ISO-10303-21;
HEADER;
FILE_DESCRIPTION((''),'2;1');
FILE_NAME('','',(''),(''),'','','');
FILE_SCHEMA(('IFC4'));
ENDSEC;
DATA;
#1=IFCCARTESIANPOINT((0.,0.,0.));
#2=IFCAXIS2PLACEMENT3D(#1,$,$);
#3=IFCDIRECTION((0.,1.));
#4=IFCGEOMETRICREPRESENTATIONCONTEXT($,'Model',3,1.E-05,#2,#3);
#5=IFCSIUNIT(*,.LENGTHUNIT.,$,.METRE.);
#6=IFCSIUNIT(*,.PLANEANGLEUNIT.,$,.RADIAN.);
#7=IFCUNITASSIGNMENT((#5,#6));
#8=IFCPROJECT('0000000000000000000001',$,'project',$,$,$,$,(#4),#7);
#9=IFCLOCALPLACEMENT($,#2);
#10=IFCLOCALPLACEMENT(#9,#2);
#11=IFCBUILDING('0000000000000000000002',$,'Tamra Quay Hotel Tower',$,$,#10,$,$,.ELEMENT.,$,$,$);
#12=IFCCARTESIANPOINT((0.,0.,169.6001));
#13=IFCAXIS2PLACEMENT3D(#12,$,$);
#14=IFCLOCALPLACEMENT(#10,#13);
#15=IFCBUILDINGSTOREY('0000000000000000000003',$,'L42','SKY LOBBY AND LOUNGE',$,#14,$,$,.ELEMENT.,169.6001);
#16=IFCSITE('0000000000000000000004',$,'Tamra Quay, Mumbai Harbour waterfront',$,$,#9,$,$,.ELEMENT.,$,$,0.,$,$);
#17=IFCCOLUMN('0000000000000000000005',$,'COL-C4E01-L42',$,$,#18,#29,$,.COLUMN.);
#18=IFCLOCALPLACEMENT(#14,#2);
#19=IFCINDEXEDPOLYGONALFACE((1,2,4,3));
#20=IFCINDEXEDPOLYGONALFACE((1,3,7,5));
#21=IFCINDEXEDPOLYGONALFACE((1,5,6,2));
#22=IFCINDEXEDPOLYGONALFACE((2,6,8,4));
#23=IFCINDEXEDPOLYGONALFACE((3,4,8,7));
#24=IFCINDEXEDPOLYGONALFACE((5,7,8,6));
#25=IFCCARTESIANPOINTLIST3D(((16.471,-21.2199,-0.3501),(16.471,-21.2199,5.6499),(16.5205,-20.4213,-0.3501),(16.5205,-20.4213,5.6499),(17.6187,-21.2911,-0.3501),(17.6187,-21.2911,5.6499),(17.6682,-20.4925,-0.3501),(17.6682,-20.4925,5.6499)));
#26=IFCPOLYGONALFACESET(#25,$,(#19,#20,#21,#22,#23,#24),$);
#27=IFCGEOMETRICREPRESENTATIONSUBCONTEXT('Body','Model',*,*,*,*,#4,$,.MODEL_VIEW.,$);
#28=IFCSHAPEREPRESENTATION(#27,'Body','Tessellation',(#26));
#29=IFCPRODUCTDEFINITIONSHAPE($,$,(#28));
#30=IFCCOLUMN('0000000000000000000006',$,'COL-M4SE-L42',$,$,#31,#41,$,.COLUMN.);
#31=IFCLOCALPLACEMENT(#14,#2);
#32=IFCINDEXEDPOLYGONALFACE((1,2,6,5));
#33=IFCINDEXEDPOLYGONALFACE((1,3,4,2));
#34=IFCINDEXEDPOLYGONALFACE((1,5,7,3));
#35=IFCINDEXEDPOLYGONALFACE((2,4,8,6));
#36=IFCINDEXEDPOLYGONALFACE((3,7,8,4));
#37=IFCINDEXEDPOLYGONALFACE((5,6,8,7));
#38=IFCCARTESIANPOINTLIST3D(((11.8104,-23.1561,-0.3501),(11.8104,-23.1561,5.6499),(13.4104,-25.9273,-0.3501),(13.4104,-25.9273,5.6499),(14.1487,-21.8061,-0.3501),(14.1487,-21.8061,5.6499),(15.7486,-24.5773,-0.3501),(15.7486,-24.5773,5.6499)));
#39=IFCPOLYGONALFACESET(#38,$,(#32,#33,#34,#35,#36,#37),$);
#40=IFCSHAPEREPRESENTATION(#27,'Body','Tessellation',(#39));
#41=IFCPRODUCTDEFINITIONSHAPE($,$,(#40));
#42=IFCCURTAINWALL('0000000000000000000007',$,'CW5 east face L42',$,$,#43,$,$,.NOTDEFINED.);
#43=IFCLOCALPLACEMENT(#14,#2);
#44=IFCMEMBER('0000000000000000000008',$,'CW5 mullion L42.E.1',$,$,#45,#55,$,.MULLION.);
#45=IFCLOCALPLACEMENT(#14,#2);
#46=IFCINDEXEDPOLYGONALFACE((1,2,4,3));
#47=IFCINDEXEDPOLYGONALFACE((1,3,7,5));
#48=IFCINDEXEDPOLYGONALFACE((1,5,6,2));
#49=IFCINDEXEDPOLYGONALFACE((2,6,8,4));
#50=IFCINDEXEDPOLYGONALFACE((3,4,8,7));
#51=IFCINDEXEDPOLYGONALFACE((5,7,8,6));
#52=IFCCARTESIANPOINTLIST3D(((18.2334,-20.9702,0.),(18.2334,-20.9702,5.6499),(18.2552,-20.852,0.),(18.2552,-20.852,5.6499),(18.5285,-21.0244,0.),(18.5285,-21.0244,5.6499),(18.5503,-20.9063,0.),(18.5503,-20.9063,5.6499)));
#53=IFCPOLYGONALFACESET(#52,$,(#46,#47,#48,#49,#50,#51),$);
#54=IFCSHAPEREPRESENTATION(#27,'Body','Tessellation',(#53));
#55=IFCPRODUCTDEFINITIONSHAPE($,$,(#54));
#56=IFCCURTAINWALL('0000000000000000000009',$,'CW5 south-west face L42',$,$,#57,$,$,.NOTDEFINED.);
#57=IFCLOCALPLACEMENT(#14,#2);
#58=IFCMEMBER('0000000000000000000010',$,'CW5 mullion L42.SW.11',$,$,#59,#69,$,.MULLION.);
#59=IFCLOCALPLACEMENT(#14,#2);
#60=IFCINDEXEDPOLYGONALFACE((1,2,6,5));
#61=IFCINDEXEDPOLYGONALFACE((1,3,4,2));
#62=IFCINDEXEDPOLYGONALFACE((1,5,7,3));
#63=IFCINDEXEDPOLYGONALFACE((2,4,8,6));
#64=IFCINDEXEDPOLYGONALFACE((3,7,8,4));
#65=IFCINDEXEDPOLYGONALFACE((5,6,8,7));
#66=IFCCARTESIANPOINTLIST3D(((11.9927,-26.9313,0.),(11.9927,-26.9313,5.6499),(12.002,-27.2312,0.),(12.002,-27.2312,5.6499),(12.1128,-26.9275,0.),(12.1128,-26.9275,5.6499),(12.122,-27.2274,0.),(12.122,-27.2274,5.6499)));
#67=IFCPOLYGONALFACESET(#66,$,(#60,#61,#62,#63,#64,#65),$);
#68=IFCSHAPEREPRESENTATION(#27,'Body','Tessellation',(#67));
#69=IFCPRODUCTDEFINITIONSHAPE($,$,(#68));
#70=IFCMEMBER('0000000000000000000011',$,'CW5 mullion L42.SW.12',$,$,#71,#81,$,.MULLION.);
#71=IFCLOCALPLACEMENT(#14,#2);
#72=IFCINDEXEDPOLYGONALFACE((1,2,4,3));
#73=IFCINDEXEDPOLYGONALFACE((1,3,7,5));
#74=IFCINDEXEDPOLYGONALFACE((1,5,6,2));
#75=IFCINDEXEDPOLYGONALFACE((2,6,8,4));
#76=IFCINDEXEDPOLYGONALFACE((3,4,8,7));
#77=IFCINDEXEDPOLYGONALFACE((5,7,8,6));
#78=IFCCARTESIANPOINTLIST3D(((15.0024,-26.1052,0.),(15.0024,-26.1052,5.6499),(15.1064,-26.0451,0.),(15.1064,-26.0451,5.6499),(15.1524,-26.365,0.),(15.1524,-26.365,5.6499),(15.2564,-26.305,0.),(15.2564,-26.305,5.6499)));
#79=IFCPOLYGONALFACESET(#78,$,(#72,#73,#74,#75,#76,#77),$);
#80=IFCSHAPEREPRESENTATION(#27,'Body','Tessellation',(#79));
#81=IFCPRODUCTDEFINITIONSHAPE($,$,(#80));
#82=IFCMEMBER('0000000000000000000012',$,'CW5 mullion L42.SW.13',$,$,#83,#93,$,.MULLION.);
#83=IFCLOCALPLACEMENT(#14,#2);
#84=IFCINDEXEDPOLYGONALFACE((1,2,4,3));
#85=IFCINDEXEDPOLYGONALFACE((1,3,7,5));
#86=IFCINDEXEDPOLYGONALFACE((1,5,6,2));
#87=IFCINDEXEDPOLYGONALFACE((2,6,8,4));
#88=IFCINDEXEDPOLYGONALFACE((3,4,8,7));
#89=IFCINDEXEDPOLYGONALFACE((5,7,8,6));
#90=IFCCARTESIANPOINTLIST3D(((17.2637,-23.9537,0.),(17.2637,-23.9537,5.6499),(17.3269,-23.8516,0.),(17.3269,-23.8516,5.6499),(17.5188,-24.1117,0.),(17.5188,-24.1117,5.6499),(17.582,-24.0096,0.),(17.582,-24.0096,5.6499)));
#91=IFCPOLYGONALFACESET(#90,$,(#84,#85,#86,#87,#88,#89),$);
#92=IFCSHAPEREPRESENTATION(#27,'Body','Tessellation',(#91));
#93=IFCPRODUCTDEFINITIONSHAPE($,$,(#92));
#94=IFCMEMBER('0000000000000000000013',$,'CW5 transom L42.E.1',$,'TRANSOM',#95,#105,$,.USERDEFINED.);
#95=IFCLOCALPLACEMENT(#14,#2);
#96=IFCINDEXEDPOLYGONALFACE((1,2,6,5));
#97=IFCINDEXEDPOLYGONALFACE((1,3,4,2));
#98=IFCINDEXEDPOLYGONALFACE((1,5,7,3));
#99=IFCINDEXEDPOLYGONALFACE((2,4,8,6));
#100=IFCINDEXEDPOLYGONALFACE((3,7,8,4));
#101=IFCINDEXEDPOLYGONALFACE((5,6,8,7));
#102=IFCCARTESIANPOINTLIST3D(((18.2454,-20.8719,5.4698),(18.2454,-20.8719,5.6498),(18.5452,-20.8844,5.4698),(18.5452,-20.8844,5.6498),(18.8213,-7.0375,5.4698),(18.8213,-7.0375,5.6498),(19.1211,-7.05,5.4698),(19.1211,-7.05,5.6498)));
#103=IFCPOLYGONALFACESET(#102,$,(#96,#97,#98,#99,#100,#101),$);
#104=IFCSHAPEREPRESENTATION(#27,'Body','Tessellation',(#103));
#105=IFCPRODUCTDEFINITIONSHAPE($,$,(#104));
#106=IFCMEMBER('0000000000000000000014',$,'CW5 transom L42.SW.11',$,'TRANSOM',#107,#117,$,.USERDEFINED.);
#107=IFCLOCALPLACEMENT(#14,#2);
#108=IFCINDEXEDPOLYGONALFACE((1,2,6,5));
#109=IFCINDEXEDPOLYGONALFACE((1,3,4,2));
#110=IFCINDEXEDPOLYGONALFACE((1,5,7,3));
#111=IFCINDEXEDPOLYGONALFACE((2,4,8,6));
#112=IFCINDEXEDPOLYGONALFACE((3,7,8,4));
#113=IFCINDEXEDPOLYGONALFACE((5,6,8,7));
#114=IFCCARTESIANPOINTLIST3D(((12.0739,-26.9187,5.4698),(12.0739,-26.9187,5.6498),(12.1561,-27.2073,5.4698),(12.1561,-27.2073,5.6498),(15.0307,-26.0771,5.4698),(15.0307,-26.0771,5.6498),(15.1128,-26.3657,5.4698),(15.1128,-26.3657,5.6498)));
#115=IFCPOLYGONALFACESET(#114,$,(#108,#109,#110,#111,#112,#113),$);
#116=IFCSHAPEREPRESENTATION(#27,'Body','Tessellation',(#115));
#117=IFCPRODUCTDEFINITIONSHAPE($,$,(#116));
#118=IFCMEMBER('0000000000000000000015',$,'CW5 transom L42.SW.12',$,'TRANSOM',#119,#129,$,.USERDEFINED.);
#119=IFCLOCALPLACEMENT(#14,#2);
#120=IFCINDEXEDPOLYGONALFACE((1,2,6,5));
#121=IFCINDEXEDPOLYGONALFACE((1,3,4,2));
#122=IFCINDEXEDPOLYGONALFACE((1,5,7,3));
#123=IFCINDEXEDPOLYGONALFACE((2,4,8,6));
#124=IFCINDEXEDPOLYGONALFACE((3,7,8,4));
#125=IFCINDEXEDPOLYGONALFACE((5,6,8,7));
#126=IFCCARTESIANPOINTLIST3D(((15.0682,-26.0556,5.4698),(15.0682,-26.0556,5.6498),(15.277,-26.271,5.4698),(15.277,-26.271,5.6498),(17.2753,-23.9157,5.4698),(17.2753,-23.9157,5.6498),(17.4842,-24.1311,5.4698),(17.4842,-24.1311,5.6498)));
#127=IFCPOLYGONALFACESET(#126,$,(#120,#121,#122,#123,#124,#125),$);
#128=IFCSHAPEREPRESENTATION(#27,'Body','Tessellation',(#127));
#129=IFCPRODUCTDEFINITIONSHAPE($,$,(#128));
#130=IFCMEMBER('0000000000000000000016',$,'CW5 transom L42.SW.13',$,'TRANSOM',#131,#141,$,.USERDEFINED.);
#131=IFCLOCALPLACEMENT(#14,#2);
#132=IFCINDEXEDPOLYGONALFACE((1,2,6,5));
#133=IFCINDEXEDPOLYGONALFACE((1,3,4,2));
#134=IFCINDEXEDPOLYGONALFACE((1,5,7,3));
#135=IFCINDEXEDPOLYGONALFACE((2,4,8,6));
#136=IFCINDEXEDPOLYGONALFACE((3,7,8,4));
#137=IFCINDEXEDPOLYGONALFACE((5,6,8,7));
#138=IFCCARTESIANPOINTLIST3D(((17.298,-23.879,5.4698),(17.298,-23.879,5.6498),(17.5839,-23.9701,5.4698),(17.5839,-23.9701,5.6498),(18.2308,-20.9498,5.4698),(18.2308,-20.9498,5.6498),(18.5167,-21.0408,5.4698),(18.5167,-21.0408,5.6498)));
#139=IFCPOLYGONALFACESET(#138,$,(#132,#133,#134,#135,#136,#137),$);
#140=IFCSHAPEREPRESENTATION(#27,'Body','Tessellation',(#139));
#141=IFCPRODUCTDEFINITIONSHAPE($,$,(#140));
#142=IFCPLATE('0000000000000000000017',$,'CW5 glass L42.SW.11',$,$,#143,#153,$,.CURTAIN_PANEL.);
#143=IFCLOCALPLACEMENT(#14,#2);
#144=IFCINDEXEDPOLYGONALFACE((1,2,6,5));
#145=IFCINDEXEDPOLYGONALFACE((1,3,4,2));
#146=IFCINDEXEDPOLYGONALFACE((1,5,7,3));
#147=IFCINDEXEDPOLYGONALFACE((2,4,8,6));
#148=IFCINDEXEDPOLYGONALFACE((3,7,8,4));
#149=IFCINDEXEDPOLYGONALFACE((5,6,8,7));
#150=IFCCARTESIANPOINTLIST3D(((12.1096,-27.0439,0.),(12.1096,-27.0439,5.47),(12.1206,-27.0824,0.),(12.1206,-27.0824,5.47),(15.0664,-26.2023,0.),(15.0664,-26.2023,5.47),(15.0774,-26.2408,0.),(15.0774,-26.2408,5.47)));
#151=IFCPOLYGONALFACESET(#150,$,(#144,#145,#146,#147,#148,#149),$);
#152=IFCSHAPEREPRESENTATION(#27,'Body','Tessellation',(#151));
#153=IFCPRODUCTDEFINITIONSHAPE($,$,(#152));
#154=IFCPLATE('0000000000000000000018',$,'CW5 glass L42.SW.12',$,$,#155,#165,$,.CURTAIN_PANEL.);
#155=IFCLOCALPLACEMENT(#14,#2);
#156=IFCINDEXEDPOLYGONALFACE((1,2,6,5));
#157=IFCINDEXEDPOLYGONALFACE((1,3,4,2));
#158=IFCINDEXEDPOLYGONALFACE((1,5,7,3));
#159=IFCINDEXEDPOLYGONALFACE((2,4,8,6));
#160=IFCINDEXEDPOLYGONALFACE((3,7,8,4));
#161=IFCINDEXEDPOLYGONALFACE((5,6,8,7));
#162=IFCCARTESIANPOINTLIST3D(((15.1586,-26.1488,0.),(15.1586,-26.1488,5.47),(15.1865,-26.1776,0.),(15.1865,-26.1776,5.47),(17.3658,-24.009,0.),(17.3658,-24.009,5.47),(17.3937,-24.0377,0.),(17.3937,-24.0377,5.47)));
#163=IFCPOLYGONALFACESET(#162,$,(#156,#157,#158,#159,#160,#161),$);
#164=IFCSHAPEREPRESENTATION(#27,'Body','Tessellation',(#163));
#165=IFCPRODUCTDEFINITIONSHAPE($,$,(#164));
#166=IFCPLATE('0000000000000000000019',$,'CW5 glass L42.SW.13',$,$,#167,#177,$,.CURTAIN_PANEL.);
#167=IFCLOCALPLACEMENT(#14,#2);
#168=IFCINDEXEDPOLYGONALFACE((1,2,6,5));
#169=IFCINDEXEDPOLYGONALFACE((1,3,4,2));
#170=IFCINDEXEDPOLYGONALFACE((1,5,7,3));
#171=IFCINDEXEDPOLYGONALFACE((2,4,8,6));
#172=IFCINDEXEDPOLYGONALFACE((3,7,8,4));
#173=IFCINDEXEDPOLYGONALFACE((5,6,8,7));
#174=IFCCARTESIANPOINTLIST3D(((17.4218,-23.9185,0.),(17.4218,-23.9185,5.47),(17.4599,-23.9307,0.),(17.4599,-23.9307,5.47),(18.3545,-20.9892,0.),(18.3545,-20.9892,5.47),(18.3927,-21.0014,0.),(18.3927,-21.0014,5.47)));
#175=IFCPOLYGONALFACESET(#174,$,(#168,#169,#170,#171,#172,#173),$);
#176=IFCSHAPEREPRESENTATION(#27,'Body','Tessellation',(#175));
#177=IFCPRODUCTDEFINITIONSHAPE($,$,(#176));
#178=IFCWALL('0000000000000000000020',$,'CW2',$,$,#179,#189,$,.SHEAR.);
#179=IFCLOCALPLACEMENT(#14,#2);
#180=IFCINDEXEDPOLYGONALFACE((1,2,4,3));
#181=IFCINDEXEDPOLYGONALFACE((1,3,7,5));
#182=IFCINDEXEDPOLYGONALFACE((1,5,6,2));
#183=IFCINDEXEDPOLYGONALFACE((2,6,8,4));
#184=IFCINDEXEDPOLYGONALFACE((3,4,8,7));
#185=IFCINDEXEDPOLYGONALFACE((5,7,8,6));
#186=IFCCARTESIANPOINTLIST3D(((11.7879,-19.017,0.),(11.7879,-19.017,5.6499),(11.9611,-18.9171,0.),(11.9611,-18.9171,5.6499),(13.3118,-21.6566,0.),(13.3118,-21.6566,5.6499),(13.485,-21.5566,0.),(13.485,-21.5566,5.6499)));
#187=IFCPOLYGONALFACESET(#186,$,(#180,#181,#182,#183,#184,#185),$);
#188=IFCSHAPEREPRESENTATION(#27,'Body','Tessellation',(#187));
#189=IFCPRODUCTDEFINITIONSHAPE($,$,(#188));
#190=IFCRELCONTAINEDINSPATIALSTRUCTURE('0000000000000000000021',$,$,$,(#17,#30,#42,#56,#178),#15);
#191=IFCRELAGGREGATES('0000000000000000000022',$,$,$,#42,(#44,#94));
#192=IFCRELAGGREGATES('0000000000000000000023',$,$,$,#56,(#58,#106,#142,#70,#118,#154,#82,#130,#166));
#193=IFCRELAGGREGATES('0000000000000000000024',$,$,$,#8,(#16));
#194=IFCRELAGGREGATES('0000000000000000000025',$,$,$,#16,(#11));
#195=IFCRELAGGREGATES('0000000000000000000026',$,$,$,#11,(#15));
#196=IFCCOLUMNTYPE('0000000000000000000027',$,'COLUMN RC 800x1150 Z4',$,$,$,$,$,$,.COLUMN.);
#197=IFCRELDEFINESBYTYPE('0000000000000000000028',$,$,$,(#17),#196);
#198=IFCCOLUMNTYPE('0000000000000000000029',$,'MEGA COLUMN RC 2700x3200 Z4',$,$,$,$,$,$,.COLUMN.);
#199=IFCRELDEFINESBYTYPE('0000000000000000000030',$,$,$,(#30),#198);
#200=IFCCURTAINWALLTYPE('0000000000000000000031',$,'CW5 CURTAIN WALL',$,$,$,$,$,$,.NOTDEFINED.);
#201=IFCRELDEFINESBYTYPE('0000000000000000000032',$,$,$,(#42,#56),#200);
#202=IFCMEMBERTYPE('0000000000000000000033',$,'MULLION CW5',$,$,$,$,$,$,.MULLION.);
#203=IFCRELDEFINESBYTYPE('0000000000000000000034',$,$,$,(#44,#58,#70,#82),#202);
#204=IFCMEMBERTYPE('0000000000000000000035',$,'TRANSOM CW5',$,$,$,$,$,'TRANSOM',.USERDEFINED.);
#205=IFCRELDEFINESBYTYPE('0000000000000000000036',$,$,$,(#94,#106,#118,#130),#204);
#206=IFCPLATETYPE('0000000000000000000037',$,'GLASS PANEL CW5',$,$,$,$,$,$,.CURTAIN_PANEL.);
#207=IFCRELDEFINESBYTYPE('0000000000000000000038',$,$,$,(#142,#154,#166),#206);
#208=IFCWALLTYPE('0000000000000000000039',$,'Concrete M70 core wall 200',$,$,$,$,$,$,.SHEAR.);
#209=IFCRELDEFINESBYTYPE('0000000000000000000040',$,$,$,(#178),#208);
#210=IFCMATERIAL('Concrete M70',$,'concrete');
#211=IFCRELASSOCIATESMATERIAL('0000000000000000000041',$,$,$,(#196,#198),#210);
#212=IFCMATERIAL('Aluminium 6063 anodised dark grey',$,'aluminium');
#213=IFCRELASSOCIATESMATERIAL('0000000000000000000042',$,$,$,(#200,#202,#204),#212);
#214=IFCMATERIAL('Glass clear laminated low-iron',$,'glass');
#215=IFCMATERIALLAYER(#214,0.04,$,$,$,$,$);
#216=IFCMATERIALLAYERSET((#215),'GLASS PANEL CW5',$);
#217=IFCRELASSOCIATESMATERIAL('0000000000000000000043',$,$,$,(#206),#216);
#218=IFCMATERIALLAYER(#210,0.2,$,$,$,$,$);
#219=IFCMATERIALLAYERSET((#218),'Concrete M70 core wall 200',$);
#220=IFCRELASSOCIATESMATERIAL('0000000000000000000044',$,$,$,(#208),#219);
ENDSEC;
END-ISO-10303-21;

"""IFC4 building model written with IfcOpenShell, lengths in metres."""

from ifc_helpers import new_model, si_unit, direction, frame, frame_2d, origin, origin_2d, place, context, subcontext, project, spatial, rectangle, extrude, material, layer, layer_set, material_profile, profile_set, type_object, element, aggregate, save


model = new_model("IFC4")

# Units and contexts
model_context = context("Model", 3, precision=1e-05, world=origin(), true_north=direction((0.0, 1.0)))
body_context = subcontext(model_context, "Body", "Model", "MODEL_VIEW")
ifc_project = project(units=[si_unit("LENGTHUNIT", "METRE"), si_unit("PLANEANGLEUNIT", "RADIAN")], contexts=[model_context])

# Site, building, storey
site_placement = place(None, origin())
site = spatial("IfcSite", under=ifc_project, at=site_placement, Name="Tamra Quay, Mumbai Harbour waterfront", CompositionType="ELEMENT", RefElevation=0.0)
building_placement = place(site_placement, origin())
building = spatial("IfcBuilding", under=site, at=building_placement, Name="Tamra Quay Hotel Tower", CompositionType="ELEMENT")
storey_placement = place(building_placement, frame((0.0, 0.0, 169.6001)))
storey = spatial("IfcBuildingStorey", under=building, at=storey_placement, Name="L42", Description="SKY LOBBY AND LOUNGE", CompositionType="ELEMENT", Elevation=169.6001)

# Columns
ifc_material_1 = material(Name="Concrete M70", Category="concrete")
ifc_material_profile_1 = material_profile(ifc_material_1, rectangle(XDim=1.1499, YDim=0.8, at=origin_2d()), Name="COLUMN RC 800x1150 Z4")
ifc_profile_set_1 = profile_set([ifc_material_profile_1], Name="Concrete M70")
column_type_1 = type_object("IfcColumnType", Name="COLUMN RC 800x1150 Z4", PredefinedType="COLUMN", material=ifc_profile_set_1)
column_1_placement = place(storey_placement, frame((17.0696, -20.8562, -0.3501), z_axis=(0.0, 0.0, 1.0), x_axis=(-0.998081, 0.061921, 0.0)))
element("IfcColumn", 1, at=column_1_placement, inside=storey, type_object=column_type_1, Name="COL-C4E01-L42", PredefinedType="COLUMN", context=body_context, shape_type="SweptSolid", body=[
    extrude(rectangle(XDim=1.1499, YDim=0.8, at=origin_2d()), origin(), (0.0, 0.0, 1.0), 6.0),
])
ifc_material_profile_2 = material_profile(ifc_material_1, rectangle(XDim=3.2, YDim=2.7, at=origin_2d()), Name="MEGA COLUMN RC 2700x3200 Z4")
ifc_profile_set_2 = profile_set([ifc_material_profile_2], Name="Concrete M70")
column_type_2 = type_object("IfcColumnType", Name="MEGA COLUMN RC 2700x3200 Z4", PredefinedType="COLUMN", material=ifc_profile_set_2)
column_2_placement = place(storey_placement, frame((13.7795, -23.8667, -0.3501), z_axis=(0.0, 0.0, 1.0), x_axis=(-0.5, 0.866025, 0.0)))
element("IfcColumn", 2, at=column_2_placement, inside=storey, type_object=column_type_2, Name="COL-M4SE-L42", PredefinedType="COLUMN", context=body_context, shape_type="SweptSolid", body=[
    extrude(rectangle(XDim=3.2, YDim=2.7, at=origin_2d()), origin(), (0.0, 0.0, 1.0), 6.0),
])

# Curtain wall, member
ifc_material_2 = material(Name="Aluminium 6063 anodised dark grey", Category="aluminium")
curtain_wall_type = type_object("IfcCurtainWallType", Name="CW5 CURTAIN WALL", PredefinedType="NOTDEFINED", material=ifc_material_2)
curtain_wall_1_placement = place(storey_placement, origin())
curtain_wall_1 = element("IfcCurtainWall", 3, at=curtain_wall_1_placement, inside=storey, type_object=curtain_wall_type, Name="CW5 east face L42", PredefinedType="NOTDEFINED")
ifc_material_profile_3 = material_profile(ifc_material_2, rectangle(XDim=0.3, YDim=0.1201, at=origin_2d()), Name="MULLION 120X300")
ifc_profile_set_3 = profile_set([ifc_material_profile_3], Name="Aluminium 6063 anodised dark grey")
member_type_1 = type_object("IfcMemberType", Name="MULLION CW5", PredefinedType="MULLION", material=ifc_profile_set_3)
member_1_placement = place(storey_placement, frame((18.3918, -20.9382, 0.0), z_axis=(0.0, 0.0, 1.0), x_axis=(0.983509, -0.180857, 0.0)))
member_1 = element("IfcMember", 4, at=member_1_placement, type_object=member_type_1, Name="CW5 mullion L42.E.1", PredefinedType="MULLION", context=body_context, shape_type="SweptSolid", body=[
    extrude(rectangle(XDim=0.3, YDim=0.1201, at=origin_2d()), origin(), (0.0, 0.0, 1.0), 5.6499),
])

# Curtain wall, members
curtain_wall_2_placement = place(storey_placement, origin())
curtain_wall_2 = element("IfcCurtainWall", 5, at=curtain_wall_2_placement, inside=storey, type_object=curtain_wall_type, Name="CW5 south-west face L42", PredefinedType="NOTDEFINED")
member_2_placement = place(storey_placement, frame((12.0574, -27.0793, 0.0), z_axis=(0.0, 0.0, 1.0), x_axis=(0.030975, -0.99952, 0.0)))
member_2 = element("IfcMember", 6, at=member_2_placement, type_object=member_type_1, Name="CW5 mullion L42.SW.11", PredefinedType="MULLION", context=body_context, shape_type="SweptSolid", body=[
    extrude(rectangle(XDim=0.3, YDim=0.1201, at=origin_2d()), origin(), (0.0, 0.0, 1.0), 5.6499),
])
member_3_placement = place(storey_placement, frame((15.1294, -26.2051, 0.0), z_axis=(0.0, 0.0, 1.0), x_axis=(0.5, -0.866025, 0.0)))
member_3 = element("IfcMember", 7, at=member_3_placement, type_object=member_type_1, Name="CW5 mullion L42.SW.12", PredefinedType="MULLION", context=body_context, shape_type="SweptSolid", body=[
    extrude(rectangle(XDim=0.3, YDim=0.1201, at=origin_2d()), origin(), (0.0, 0.0, 1.0), 5.6499),
])
member_4_placement = place(storey_placement, frame((17.4229, -23.9817, 0.0), z_axis=(0.0, 0.0, 1.0), x_axis=(0.850122, -0.526586, 0.0)))
member_4 = element("IfcMember", 8, at=member_4_placement, type_object=member_type_1, Name="CW5 mullion L42.SW.13", PredefinedType="MULLION", context=body_context, shape_type="SweptSolid", body=[
    extrude(rectangle(XDim=0.3, YDim=0.1201, at=origin_2d()), origin(), (0.0, 0.0, 1.0), 5.6499),
])

# Members
ifc_material_profile_4 = material_profile(ifc_material_2, rectangle(XDim=0.3, YDim=0.1799, at=origin_2d()), Name="TRANSOM 300X180")
ifc_profile_set_4 = profile_set([ifc_material_profile_4], Name="Aluminium 6063 anodised dark grey")
member_type_2 = type_object("IfcMemberType", Name="TRANSOM CW5", ElementType="TRANSOM", PredefinedType="USERDEFINED", material=ifc_profile_set_4)
member_5_placement = place(storey_placement, frame((18.3953, -20.8782, 5.5598), z_axis=(0.041594, 0.999135, 0.0), x_axis=(-0.999135, 0.041594, 0.0)))
member_5 = element("IfcMember", 9, at=member_5_placement, type_object=member_type_2, Name="CW5 transom L42.E.1", ObjectType="TRANSOM", PredefinedType="USERDEFINED", context=body_context, shape_type="SweptSolid", body=[
    extrude(rectangle(XDim=0.3, YDim=0.1799, at=origin_2d()), origin(), (0.0, 0.0, 1.0), 13.8464),
])
aggregate(curtain_wall_1, [member_1, member_5])
member_6_placement = place(storey_placement, frame((12.115, -27.063, 5.5598), z_axis=(0.961802, 0.273746, 0.0), x_axis=(-0.273746, 0.961802, 0.0)))
member_6 = element("IfcMember", 10, at=member_6_placement, type_object=member_type_2, Name="CW5 transom L42.SW.11", ObjectType="TRANSOM", PredefinedType="USERDEFINED", context=body_context, shape_type="SweptSolid", body=[
    extrude(rectangle(XDim=0.3, YDim=0.1799, at=origin_2d()), origin(), (0.0, 0.0, 1.0), 3.0742),
])
member_7_placement = place(storey_placement, frame((15.1726, -26.1633, 5.5598), z_axis=(0.717942, 0.696102, 0.0), x_axis=(-0.696102, 0.717942, 0.0)))
member_7 = element("IfcMember", 11, at=member_7_placement, type_object=member_type_2, Name="CW5 transom L42.SW.12", ObjectType="TRANSOM", PredefinedType="USERDEFINED", context=body_context, shape_type="SweptSolid", body=[
    extrude(rectangle(XDim=0.3, YDim=0.1799, at=origin_2d()), origin(), (0.0, 0.0, 1.0), 3.0742),
])
member_8_placement = place(storey_placement, frame((17.4409, -23.9246, 5.5598), z_axis=(0.303453, 0.952846, 0.0), x_axis=(-0.952846, 0.303453, 0.0)))
member_8 = element("IfcMember", 12, at=member_8_placement, type_object=member_type_2, Name="CW5 transom L42.SW.13", ObjectType="TRANSOM", PredefinedType="USERDEFINED", context=body_context, shape_type="SweptSolid", body=[
    extrude(rectangle(XDim=0.3, YDim=0.1799, at=origin_2d()), origin(), (0.0, 0.0, 1.0), 3.0742),
])

# Plates
ifc_material_3 = material(Name="Glass clear laminated low-iron", Category="glass")
ifc_layer_1 = layer(ifc_material_3, 0.04)
ifc_layer_set_1 = layer_set([ifc_layer_1], Name="GLASS PANEL CW5")
plate_type = type_object("IfcPlateType", Name="GLASS PANEL CW5", PredefinedType="CURTAIN_PANEL", material=ifc_layer_set_1)
plate_1_placement = place(storey_placement, frame((13.5935, -26.6423, 0.0), z_axis=(0.0, 0.0, 1.0), x_axis=(0.961801, 0.27375, 0.0)))
plate_1 = element("IfcPlate", 13, at=plate_1_placement, type_object=plate_type, Name="CW5 glass L42.SW.11", PredefinedType="CURTAIN_PANEL", context=body_context, shape_type="SweptSolid", body=[
    extrude(rectangle(XDim=3.0742, YDim=0.04, at=origin_2d()), origin(), (0.0, 0.0, 1.0), 5.47),
])
plate_2_placement = place(storey_placement, frame((16.2761, -25.0933, 0.0), z_axis=(0.0, 0.0, 1.0), x_axis=(0.717975, 0.696069, 0.0)))
plate_2 = element("IfcPlate", 14, at=plate_2_placement, type_object=plate_type, Name="CW5 glass L42.SW.12", PredefinedType="CURTAIN_PANEL", context=body_context, shape_type="SweptSolid", body=[
    extrude(rectangle(XDim=3.0742, YDim=0.04, at=origin_2d()), origin(), (0.0, 0.0, 1.0), 5.47),
])
plate_3_placement = place(storey_placement, frame((17.9072, -22.46, 0.0), z_axis=(0.0, 0.0, 1.0), x_axis=(0.30341, 0.95286, 0.0)))
plate_3 = element("IfcPlate", 15, at=plate_3_placement, type_object=plate_type, Name="CW5 glass L42.SW.13", PredefinedType="CURTAIN_PANEL", context=body_context, shape_type="SweptSolid", body=[
    extrude(rectangle(XDim=3.0742, YDim=0.04, at=origin_2d()), origin(), (0.0, 0.0, 1.0), 5.47),
])
aggregate(curtain_wall_2, [member_2, member_6, plate_1, member_3, member_7, plate_2, member_4, member_8, plate_3])

# Wall
ifc_layer_2 = layer(ifc_material_1, 0.2)
ifc_layer_set_2 = layer_set([ifc_layer_2], Name="Concrete M70 core wall 200")
wall_type_1 = type_object("IfcWallType", Name="Concrete M70 core wall 200", PredefinedType="SHEAR", material=ifc_layer_set_2)
wall_1_placement = place(storey_placement, frame((11.8745, -18.967, 0.0), z_axis=(0.0, 0.0, 1.0), x_axis=(0.499981, -0.866036, 0.0)))
element("IfcWall", 16, at=wall_1_placement, inside=storey, type_object=wall_type_1, Name="CW2", PredefinedType="SHEAR", context=body_context, shape_type="SweptSolid", body=[
    extrude(rectangle(XDim=3.0479, YDim=0.2, at=frame_2d((1.5239, 0.0))), origin(), (0.0, 0.0, 1.0), 5.6499),
])

save(model, "model.ifc")
